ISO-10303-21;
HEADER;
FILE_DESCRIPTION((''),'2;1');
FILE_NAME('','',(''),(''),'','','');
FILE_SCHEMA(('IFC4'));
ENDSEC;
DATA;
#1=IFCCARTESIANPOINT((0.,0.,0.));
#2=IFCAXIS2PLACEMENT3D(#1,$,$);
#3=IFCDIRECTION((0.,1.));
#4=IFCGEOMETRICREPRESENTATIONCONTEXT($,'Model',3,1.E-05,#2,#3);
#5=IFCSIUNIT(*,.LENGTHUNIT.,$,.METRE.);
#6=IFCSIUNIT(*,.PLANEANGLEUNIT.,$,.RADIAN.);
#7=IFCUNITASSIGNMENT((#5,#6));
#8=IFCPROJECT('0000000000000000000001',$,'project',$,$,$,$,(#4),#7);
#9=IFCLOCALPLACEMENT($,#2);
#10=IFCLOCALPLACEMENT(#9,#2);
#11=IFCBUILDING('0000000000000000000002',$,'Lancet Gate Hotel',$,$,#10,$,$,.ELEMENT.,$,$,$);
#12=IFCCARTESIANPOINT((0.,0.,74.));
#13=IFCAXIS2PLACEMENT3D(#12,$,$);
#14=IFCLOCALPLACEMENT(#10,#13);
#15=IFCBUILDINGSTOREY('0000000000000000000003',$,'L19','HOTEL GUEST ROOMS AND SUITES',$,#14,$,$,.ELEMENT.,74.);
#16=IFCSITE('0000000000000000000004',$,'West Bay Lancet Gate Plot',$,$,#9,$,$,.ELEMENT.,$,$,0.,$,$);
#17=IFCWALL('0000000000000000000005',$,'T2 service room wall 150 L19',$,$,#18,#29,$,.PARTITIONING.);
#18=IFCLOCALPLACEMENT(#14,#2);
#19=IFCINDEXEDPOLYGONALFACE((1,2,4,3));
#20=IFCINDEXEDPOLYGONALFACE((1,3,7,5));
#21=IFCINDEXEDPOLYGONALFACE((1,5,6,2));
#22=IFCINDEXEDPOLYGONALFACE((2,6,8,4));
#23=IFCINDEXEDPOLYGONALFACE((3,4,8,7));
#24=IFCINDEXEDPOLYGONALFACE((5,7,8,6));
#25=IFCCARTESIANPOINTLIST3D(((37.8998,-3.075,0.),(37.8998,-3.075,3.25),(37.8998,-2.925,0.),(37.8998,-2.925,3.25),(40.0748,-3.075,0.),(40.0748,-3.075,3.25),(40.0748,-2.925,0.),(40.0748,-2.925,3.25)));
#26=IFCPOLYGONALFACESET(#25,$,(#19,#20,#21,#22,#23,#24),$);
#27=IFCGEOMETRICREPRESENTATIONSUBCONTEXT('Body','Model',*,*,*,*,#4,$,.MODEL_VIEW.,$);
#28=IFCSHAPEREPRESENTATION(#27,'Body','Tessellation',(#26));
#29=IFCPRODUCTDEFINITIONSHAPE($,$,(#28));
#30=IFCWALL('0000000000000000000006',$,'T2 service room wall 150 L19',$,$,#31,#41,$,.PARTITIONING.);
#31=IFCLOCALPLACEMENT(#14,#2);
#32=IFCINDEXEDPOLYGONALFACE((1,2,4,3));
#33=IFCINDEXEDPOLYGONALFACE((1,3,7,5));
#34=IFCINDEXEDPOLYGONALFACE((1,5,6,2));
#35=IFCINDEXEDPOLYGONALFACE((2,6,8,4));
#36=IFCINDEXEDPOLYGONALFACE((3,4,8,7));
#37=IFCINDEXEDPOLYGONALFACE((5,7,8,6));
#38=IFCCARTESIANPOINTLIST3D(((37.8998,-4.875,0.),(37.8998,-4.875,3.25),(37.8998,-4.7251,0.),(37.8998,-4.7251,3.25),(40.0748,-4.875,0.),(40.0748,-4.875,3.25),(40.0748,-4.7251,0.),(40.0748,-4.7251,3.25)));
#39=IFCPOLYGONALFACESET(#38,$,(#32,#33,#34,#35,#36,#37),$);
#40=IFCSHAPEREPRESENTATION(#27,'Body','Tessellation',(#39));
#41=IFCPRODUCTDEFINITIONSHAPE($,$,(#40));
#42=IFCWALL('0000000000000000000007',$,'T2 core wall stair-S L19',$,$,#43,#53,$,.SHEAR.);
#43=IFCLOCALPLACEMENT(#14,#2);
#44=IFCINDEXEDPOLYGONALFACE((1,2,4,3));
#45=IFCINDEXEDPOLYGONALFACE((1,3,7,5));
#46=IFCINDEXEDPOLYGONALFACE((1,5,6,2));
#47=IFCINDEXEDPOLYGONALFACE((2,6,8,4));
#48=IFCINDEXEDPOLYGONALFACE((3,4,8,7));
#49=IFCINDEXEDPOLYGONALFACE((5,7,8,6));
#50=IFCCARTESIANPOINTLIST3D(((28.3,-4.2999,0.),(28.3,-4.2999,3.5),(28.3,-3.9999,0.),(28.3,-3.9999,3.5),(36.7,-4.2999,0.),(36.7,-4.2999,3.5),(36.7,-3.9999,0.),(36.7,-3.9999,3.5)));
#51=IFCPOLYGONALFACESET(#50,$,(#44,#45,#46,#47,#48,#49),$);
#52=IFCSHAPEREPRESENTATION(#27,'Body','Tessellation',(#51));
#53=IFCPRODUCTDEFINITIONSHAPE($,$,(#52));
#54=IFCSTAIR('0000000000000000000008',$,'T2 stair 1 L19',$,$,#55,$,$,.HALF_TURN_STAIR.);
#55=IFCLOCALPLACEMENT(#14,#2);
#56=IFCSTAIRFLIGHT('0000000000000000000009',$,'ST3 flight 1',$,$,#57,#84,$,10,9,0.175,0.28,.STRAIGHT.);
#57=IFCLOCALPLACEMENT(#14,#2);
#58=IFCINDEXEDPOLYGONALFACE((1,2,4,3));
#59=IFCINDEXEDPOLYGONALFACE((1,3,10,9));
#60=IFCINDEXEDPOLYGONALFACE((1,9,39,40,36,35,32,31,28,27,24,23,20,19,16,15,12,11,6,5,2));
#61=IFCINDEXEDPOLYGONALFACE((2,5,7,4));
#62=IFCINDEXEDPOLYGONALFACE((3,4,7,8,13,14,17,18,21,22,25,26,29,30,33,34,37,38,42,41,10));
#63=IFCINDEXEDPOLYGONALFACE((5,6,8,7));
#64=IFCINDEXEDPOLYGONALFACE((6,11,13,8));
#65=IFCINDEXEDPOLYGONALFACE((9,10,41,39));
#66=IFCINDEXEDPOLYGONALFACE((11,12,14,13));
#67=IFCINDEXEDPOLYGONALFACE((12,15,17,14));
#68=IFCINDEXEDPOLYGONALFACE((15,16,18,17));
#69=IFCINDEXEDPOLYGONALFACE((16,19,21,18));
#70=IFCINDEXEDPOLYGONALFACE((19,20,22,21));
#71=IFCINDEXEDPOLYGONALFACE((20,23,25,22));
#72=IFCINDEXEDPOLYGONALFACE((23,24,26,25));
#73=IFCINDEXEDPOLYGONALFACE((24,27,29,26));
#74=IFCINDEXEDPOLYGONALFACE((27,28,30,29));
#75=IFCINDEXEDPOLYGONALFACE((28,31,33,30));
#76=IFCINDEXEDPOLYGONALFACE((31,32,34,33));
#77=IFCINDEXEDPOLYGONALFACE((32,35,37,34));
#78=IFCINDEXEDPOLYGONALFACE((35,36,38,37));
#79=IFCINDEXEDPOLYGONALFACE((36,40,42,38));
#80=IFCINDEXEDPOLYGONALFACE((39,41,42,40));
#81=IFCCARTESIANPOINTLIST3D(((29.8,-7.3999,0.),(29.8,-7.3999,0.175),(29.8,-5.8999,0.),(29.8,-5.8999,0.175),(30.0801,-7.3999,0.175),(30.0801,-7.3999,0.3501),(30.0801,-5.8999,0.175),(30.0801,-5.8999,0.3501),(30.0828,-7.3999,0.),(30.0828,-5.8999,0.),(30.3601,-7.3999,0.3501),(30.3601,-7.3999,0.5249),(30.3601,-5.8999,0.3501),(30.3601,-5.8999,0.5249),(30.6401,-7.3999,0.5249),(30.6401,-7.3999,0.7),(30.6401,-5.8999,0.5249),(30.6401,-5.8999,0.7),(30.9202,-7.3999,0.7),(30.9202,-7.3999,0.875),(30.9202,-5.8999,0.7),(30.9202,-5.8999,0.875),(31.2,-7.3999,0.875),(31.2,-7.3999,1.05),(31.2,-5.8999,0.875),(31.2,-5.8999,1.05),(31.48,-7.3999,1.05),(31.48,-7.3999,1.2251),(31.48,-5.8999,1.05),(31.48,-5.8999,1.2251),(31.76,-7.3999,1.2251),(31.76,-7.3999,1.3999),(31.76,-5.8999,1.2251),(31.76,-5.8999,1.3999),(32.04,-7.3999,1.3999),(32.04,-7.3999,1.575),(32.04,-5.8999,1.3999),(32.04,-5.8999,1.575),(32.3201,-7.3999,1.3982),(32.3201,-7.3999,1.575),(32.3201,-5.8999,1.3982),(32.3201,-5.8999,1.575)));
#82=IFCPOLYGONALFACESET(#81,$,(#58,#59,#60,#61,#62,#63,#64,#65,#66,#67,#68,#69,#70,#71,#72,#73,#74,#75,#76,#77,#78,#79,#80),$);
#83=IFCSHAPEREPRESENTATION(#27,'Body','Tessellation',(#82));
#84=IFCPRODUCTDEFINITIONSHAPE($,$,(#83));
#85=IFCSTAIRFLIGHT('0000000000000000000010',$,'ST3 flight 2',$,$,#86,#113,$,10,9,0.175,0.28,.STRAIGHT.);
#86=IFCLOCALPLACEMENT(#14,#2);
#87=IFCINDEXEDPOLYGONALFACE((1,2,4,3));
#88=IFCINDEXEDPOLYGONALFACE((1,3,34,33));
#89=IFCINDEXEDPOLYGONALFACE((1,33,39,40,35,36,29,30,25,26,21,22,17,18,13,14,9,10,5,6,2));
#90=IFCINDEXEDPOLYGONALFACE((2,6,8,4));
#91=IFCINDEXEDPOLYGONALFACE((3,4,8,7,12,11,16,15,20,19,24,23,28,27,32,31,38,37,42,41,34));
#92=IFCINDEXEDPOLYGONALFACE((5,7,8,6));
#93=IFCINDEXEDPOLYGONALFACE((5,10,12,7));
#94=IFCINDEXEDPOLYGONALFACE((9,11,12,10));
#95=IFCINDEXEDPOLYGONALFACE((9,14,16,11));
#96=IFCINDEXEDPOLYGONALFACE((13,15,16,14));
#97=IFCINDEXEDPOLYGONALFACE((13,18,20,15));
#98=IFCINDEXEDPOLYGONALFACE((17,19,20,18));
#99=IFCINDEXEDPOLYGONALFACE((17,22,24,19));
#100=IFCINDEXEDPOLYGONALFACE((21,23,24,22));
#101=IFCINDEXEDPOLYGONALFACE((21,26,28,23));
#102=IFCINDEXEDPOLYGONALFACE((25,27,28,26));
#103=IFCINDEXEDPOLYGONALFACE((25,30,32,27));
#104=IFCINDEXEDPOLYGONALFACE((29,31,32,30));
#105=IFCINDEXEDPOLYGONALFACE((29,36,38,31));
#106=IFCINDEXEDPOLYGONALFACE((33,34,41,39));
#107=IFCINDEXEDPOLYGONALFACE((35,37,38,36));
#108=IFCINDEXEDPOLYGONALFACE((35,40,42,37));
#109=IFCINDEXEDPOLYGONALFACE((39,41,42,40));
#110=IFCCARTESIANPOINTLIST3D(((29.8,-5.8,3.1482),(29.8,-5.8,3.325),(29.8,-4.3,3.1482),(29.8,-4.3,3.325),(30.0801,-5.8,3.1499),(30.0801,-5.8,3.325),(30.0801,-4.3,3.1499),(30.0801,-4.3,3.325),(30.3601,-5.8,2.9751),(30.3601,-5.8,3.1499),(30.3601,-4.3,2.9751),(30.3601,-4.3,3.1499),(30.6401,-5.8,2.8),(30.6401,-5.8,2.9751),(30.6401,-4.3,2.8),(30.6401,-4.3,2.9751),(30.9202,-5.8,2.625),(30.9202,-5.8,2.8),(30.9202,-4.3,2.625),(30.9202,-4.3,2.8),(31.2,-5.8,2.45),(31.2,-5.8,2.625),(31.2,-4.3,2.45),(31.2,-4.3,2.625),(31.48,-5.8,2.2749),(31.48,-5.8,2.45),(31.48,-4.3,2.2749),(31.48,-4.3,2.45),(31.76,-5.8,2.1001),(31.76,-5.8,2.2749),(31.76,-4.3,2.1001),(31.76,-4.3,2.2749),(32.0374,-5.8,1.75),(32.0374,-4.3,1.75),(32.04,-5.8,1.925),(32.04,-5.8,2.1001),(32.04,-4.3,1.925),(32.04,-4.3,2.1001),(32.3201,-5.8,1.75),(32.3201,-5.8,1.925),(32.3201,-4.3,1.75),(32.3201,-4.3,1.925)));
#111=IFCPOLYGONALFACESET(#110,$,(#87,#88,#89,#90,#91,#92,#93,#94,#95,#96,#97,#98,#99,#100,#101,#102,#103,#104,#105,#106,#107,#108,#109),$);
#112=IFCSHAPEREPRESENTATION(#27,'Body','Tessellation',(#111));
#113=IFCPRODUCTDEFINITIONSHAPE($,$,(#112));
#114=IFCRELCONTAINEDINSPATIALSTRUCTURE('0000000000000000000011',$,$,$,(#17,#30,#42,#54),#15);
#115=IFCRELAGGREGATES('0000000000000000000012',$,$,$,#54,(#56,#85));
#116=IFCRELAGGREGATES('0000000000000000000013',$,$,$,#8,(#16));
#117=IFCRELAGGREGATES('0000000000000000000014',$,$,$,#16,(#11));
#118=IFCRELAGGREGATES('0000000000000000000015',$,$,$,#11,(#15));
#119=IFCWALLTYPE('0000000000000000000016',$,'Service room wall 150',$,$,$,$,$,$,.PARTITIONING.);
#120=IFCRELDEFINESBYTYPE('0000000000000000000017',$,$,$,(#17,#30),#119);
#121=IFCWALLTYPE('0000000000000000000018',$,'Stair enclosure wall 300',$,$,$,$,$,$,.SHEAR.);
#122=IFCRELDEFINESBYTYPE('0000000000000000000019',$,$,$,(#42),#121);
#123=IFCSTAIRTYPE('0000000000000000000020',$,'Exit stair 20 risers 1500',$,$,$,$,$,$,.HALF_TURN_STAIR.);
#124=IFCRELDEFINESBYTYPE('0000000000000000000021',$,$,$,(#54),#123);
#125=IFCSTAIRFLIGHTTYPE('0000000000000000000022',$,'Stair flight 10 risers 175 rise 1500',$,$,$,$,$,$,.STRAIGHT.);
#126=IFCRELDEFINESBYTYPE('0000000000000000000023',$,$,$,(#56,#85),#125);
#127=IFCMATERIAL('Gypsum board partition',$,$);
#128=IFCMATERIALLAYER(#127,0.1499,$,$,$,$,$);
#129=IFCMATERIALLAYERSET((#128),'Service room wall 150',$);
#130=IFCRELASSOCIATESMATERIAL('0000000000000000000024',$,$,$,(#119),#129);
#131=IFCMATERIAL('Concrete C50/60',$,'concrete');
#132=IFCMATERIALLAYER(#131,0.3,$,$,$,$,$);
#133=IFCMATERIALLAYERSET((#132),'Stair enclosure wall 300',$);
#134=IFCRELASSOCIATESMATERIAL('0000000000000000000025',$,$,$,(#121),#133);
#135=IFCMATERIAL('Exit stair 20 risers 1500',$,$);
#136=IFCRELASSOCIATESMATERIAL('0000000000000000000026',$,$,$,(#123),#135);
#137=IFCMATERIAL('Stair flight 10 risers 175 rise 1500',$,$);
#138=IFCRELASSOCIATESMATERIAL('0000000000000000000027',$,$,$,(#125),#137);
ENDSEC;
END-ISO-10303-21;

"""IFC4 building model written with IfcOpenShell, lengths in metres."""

from ifc_helpers import new_model, si_unit, direction, frame, frame_2d, origin, place, context, subcontext, project, spatial, polyline, rectangle, outline, extrude, material, layer, layer_set, type_object, element, aggregate, save


model = new_model("IFC4")

# Units and contexts
model_context = context("Model", 3, precision=1e-05, world=origin(), true_north=direction((0.0, 1.0)))
body_context = subcontext(model_context, "Body", "Model", "MODEL_VIEW")
ifc_project = project(units=[si_unit("LENGTHUNIT", "METRE"), si_unit("PLANEANGLEUNIT", "RADIAN")], contexts=[model_context])

# Site, building, storey
site_placement = place(None, origin())
site = spatial("IfcSite", under=ifc_project, at=site_placement, Name="West Bay Lancet Gate Plot", CompositionType="ELEMENT", RefElevation=0.0)
building_placement = place(site_placement, origin())
building = spatial("IfcBuilding", under=site, at=building_placement, Name="Lancet Gate Hotel", CompositionType="ELEMENT")
storey_placement = place(building_placement, frame((0.0, 0.0, 74.0)))
storey = spatial("IfcBuildingStorey", under=building, at=storey_placement, Name="L19", Description="HOTEL GUEST ROOMS AND SUITES", CompositionType="ELEMENT", Elevation=74.0)

# Walls
ifc_material_1 = material(Name="Gypsum board partition")
ifc_layer_1 = layer(ifc_material_1, 0.1499)
ifc_layer_set_1 = layer_set([ifc_layer_1], Name="Service room wall 150")
wall_type_1 = type_object("IfcWallType", Name="Service room wall 150", PredefinedType="PARTITIONING", material=ifc_layer_set_1)
for number, where, z_axis, x_axis, name in (
    (1, (37.8999, -3.0, 0.0), (0.0, 0.0, 1.0), (1.0, 0.0, 0.0), "T2 service room wall 150 L19"),
    (2, (37.8999, -4.8, 0.0), (0.0, 0.0, 1.0), (1.0, 0.0, 0.0), "T2 service room wall 150 L19"),
):
    element("IfcWall", number, at=place(storey_placement, frame(where, z_axis=z_axis, x_axis=x_axis)), inside=storey, type_object=wall_type_1, Name=name, PredefinedType="PARTITIONING", context=body_context, shape_type="SweptSolid", body=[
        extrude(rectangle(XDim=2.175, YDim=0.1499, at=frame_2d((1.0874, 0.0))), origin(), (0.0, 0.0, 1.0), 3.25),
    ])
ifc_material_2 = material(Name="Concrete C50/60", Category="concrete")
ifc_layer_2 = layer(ifc_material_2, 0.3)
ifc_layer_set_2 = layer_set([ifc_layer_2], Name="Stair enclosure wall 300")
wall_type_2 = type_object("IfcWallType", Name="Stair enclosure wall 300", PredefinedType="SHEAR", material=ifc_layer_set_2)
wall_1_placement = place(storey_placement, frame((28.3, -4.1499, 0.0), z_axis=(0.0, 0.0, 1.0), x_axis=(1.0, 0.0, 0.0)))
element("IfcWall", 3, at=wall_1_placement, inside=storey, type_object=wall_type_2, Name="T2 core wall stair-S L19", PredefinedType="SHEAR", context=body_context, shape_type="SweptSolid", body=[
    extrude(rectangle(XDim=8.3999, YDim=0.3, at=frame_2d((4.2, 0.0))), origin(), (0.0, 0.0, 1.0), 3.5),
])

# Stair, stair flights
ifc_material_3 = material(Name="Exit stair 20 risers 1500")
stair_type = type_object("IfcStairType", Name="Exit stair 20 risers 1500", PredefinedType="HALF_TURN_STAIR", material=ifc_material_3)
stair_placement = place(storey_placement, origin())
stair = element("IfcStair", 4, at=stair_placement, inside=storey, type_object=stair_type, Name="T2 stair 1 L19", PredefinedType="HALF_TURN_STAIR")
ifc_material_4 = material(Name="Stair flight 10 risers 175 rise 1500")
stair_flight_type = type_object("IfcStairFlightType", Name="Stair flight 10 risers 175 rise 1500", PredefinedType="STRAIGHT", material=ifc_material_4)
stair_flight_1_placement = place(storey_placement, frame((29.8, -6.6499, 0.0), z_axis=(0.0, 0.0, 1.0), x_axis=(1.0, 0.0, 0.0)))
stair_flight_1 = element("IfcStairFlight", 5, at=stair_flight_1_placement, type_object=stair_flight_type, Name="ST3 flight 1", NumberOfRisers=10, NumberOfTreads=9, PredefinedType="STRAIGHT", RiserHeight=0.175, TreadLength=0.28, context=body_context, shape_type="SweptSolid", body=[
    extrude(outline(polyline([(0.0, 0.0), (0.0, 0.175), (0.28, 0.175), (0.28, 0.3501), (0.5601, 0.3501), (0.5601, 0.5249), (0.8401, 0.5249), (0.8401, 0.7), (1.1201, 0.7), (1.1201, 0.875), (1.3999, 0.875), (1.3999, 1.05), (1.6799, 1.05), (1.6799, 1.2251), (1.96, 1.2251), (1.96, 1.3999), (2.24, 1.3999), (2.24, 1.575), (2.52, 1.575), (2.52, 1.75), (2.52, 1.3982), (0.2827, 0.0), (0.0, 0.0)])), frame((0.0, 0.75, 0.0), z_axis=(0.0, -1.0, 0.0), x_axis=(1.0, 0.0, 0.0)), (0.0, 0.0, 1.0), 1.5),
])
stair_flight_2_placement = place(storey_placement, frame((32.3201, -5.05, 1.75), z_axis=(0.0, 0.0, 1.0), x_axis=(-1.0, 0.0, 0.0)))
stair_flight_2 = element("IfcStairFlight", 6, at=stair_flight_2_placement, type_object=stair_flight_type, Name="ST3 flight 2", NumberOfRisers=10, NumberOfTreads=9, PredefinedType="STRAIGHT", RiserHeight=0.175, TreadLength=0.28, context=body_context, shape_type="SweptSolid", body=[
    extrude(outline(polyline([(0.0, 0.0), (0.0, 0.175), (0.28, 0.175), (0.28, 0.3501), (0.5601, 0.3501), (0.5601, 0.5249), (0.8401, 0.5249), (0.8401, 0.7), (1.1201, 0.7), (1.1201, 0.875), (1.3999, 0.875), (1.3999, 1.05), (1.6799, 1.05), (1.6799, 1.2251), (1.96, 1.2251), (1.96, 1.3999), (2.24, 1.3999), (2.24, 1.575), (2.52, 1.575), (2.52, 1.75), (2.52, 1.3982), (0.2827, 0.0), (0.0, 0.0)])), frame((0.0, 0.75, 0.0), z_axis=(0.0, -1.0, 0.0), x_axis=(1.0, 0.0, 0.0)), (0.0, 0.0, 1.0), 1.5),
])
aggregate(stair, [stair_flight_1, stair_flight_2])

save(model, "model.ifc")
